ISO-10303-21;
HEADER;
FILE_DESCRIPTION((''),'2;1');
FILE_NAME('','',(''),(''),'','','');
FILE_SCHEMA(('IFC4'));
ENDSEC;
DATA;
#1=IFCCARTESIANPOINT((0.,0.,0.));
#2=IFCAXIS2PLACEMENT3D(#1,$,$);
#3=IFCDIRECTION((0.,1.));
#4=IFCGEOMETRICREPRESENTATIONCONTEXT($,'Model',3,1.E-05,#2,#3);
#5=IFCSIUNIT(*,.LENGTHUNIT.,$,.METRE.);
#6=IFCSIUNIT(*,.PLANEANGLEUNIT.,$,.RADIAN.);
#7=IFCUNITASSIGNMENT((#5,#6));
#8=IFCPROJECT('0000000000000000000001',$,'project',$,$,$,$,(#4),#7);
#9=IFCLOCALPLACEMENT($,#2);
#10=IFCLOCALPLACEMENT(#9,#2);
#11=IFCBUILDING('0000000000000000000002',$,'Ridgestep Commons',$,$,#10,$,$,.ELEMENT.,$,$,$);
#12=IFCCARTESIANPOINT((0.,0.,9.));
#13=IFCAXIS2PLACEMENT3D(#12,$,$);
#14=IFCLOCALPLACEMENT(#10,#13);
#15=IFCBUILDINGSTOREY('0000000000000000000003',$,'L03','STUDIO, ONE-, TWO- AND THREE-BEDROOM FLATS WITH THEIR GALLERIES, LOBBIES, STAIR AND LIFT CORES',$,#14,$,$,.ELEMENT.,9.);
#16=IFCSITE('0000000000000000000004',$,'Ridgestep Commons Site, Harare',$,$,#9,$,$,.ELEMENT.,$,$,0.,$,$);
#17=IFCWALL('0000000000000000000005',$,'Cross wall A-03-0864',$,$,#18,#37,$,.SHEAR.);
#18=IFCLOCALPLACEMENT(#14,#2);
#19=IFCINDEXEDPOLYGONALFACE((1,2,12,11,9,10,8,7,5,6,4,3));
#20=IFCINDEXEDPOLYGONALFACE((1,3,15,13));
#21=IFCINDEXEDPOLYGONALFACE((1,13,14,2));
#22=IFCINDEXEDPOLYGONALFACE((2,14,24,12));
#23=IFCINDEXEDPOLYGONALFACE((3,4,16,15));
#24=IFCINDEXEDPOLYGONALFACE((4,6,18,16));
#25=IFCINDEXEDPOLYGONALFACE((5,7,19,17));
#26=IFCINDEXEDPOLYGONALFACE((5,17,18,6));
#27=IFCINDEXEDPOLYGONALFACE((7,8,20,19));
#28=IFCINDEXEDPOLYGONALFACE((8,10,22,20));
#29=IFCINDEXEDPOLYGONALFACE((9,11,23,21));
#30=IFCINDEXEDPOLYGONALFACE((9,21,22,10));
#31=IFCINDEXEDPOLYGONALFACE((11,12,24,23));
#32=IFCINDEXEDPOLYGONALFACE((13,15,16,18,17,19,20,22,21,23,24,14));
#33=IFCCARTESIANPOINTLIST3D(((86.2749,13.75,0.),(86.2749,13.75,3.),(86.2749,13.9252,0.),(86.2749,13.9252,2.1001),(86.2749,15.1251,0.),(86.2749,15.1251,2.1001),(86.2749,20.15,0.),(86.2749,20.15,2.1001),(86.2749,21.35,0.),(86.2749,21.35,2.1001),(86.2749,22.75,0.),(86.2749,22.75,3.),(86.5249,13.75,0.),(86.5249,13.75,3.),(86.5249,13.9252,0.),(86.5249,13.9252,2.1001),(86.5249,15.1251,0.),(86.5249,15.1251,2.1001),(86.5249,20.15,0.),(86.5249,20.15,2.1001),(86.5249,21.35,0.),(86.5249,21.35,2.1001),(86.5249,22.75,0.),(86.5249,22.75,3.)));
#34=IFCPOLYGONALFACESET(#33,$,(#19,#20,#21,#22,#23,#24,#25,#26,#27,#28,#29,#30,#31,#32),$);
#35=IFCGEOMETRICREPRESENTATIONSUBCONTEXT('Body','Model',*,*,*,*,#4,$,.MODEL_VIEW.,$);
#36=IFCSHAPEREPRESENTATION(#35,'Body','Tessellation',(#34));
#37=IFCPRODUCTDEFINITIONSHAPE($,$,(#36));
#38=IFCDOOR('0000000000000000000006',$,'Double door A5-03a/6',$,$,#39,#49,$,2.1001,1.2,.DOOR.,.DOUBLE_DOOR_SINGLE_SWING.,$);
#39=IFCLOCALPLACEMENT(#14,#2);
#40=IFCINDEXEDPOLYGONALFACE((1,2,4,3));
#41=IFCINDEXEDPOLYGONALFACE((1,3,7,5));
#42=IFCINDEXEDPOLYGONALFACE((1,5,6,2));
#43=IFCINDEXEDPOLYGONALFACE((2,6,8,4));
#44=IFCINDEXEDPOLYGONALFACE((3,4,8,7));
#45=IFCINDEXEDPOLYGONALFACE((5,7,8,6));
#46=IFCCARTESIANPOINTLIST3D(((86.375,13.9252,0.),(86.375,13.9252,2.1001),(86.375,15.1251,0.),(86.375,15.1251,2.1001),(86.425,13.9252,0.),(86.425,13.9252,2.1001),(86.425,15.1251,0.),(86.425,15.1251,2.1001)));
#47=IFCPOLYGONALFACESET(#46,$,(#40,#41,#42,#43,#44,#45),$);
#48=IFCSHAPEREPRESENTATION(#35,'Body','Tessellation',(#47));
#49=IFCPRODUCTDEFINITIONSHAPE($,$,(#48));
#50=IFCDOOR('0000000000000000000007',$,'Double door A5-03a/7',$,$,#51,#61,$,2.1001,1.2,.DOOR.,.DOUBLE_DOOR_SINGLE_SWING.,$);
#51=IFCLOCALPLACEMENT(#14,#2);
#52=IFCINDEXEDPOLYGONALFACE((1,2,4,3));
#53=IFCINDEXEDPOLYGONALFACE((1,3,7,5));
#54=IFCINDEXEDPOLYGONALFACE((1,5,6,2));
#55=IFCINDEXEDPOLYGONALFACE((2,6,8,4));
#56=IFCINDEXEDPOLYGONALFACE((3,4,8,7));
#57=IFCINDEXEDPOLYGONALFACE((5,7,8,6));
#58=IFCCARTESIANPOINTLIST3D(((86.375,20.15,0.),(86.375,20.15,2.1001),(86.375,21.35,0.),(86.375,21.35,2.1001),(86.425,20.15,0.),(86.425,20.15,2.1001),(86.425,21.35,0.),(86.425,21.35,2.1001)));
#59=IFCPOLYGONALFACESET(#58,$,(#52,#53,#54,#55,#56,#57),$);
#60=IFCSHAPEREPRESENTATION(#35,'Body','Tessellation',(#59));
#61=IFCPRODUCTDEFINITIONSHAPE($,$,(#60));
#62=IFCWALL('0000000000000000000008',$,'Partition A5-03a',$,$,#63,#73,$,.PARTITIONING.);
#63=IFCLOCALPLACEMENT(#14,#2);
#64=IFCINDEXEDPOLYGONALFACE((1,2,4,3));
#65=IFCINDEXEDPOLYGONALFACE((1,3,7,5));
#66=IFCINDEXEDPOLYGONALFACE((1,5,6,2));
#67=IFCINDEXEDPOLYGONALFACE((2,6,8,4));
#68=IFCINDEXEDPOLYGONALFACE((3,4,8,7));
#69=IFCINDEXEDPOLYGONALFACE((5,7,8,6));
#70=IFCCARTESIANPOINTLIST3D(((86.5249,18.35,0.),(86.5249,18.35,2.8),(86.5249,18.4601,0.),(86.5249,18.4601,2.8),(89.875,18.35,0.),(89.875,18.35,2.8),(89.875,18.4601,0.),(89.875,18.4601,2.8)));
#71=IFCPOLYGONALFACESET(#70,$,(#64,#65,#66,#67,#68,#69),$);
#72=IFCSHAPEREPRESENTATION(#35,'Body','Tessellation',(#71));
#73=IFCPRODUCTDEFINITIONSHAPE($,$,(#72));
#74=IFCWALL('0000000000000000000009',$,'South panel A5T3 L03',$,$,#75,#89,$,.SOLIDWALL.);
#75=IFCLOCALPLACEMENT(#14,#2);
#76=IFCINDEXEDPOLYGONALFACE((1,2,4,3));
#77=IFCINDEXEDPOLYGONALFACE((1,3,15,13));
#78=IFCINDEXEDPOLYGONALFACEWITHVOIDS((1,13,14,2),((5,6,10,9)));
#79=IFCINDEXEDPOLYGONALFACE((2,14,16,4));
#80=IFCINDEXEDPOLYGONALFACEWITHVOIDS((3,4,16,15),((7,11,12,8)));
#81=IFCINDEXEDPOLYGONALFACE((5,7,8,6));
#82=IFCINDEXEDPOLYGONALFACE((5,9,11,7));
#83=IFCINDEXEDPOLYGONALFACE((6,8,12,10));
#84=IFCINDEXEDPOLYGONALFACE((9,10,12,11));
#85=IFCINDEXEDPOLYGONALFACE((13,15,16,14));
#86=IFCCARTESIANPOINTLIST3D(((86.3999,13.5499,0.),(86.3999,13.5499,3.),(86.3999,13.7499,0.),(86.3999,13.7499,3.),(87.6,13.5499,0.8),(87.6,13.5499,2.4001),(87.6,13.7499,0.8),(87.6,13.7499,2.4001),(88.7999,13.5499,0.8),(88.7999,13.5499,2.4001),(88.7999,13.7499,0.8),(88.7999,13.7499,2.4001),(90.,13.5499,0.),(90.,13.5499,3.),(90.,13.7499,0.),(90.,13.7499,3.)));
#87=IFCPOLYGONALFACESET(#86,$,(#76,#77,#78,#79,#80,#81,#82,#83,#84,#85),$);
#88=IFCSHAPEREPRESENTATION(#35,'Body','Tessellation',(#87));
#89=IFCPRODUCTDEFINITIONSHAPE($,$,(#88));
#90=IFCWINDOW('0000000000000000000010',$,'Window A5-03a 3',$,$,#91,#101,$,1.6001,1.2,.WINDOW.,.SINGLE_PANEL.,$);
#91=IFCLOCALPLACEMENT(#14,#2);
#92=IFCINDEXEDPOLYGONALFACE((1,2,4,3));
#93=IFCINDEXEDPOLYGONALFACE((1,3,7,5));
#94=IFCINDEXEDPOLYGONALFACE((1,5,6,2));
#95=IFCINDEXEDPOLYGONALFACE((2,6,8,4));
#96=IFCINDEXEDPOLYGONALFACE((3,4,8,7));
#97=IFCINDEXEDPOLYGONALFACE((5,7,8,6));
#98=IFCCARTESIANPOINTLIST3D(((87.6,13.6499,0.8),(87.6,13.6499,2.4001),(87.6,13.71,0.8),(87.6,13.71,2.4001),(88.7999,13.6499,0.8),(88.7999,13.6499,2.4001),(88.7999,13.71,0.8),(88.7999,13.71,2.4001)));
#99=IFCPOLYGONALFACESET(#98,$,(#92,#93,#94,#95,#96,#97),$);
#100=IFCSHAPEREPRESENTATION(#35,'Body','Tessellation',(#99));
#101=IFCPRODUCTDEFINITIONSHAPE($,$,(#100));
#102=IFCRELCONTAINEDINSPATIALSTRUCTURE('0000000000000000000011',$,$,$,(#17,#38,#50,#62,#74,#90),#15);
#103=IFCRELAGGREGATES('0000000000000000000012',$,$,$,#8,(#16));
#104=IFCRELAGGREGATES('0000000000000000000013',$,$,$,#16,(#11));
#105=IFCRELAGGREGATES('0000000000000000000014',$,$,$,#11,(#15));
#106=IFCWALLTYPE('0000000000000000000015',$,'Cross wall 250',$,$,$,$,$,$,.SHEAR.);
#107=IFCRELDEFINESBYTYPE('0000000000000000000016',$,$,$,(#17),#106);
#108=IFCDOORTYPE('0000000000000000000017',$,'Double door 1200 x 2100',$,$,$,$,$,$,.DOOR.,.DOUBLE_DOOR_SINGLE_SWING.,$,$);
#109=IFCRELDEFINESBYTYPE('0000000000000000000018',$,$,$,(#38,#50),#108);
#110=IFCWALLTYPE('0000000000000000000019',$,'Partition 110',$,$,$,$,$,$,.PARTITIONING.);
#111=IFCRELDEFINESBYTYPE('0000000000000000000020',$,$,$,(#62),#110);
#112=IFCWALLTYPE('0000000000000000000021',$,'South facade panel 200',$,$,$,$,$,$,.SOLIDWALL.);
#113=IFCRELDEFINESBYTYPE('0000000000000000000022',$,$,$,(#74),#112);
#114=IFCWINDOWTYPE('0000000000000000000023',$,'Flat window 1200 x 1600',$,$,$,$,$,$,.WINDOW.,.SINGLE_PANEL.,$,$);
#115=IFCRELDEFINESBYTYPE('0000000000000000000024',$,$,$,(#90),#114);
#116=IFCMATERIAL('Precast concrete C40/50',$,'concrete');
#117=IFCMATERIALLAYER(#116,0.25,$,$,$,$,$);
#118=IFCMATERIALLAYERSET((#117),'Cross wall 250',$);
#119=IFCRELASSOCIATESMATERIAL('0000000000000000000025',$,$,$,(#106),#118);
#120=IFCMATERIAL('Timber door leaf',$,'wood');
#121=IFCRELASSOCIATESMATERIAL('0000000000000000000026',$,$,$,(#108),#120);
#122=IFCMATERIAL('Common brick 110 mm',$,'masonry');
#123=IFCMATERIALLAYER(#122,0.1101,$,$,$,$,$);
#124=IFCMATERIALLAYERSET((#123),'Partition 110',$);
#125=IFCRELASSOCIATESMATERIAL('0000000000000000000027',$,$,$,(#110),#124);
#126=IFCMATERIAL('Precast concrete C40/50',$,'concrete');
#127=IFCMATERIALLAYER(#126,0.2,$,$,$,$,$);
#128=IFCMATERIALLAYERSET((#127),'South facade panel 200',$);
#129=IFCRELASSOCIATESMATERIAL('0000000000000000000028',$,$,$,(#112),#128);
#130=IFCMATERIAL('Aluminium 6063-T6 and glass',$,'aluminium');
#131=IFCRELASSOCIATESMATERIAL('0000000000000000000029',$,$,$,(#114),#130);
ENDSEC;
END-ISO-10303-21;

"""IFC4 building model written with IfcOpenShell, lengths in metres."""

from ifc_helpers import new_model, si_unit, direction, frame, frame_2d, origin, place, context, subcontext, project, spatial, rectangle, extrude, material, layer, layer_set, type_object, element, fill, save


model = new_model("IFC4")

# Units and contexts
model_context = context("Model", 3, precision=1e-05, world=origin(), true_north=direction((0.0, 1.0)))
body_context = subcontext(model_context, "Body", "Model", "MODEL_VIEW")
ifc_project = project(units=[si_unit("LENGTHUNIT", "METRE"), si_unit("PLANEANGLEUNIT", "RADIAN")], contexts=[model_context])

# Site, building, storey
site_placement = place(None, origin())
site = spatial("IfcSite", under=ifc_project, at=site_placement, Name="Ridgestep Commons Site, Harare", CompositionType="ELEMENT", RefElevation=0.0)
building_placement = place(site_placement, origin())
building = spatial("IfcBuilding", under=site, at=building_placement, Name="Ridgestep Commons", CompositionType="ELEMENT")
storey_placement = place(building_placement, frame((0.0, 0.0, 9.0)))
storey = spatial("IfcBuildingStorey", under=building, at=storey_placement, Name="L03", Description="STUDIO, ONE-, TWO- AND THREE-BEDROOM FLATS WITH THEIR GALLERIES, LOBBIES, STAIR AND LIFT CORES", CompositionType="ELEMENT", Elevation=9.0)

# Wall, openings, doors
ifc_material_1 = material(Name="Precast concrete C40/50", Category="concrete")
ifc_layer_1 = layer(ifc_material_1, 0.25)
ifc_layer_set_1 = layer_set([ifc_layer_1], Name="Cross wall 250")
wall_type_1 = type_object("IfcWallType", Name="Cross wall 250", PredefinedType="SHEAR", material=ifc_layer_set_1)
wall_1_placement = place(storey_placement, frame((86.3999, 13.75, 0.0), z_axis=(0.0, 0.0, 1.0), x_axis=(0.0, 1.0, 0.0)))
wall_1 = element("IfcWall", 1, at=wall_1_placement, inside=storey, type_object=wall_type_1, Name="Cross wall A-03-0864", PredefinedType="SHEAR", context=body_context, shape_type="SweptSolid", body=[
    extrude(rectangle(XDim=9.0, YDim=0.25, at=frame_2d((4.5, 0.0))), origin(), (0.0, 0.0, 1.0), 3.0),
])
opening_1_placement = place(wall_1_placement, frame((0.175, 0.0, 0.0)))
opening_1 = element("IfcOpeningElement", 2, at=opening_1_placement, cuts=wall_1, PredefinedType="OPENING", context=body_context, shape_type="SweptSolid", body=[
    extrude(rectangle(XDim=1.2, YDim=2.1001, at=frame_2d((0.6001, 1.05))), frame((0.0, 0.135, 0.0), z_axis=(0.0, -1.0, 0.0), x_axis=(1.0, 0.0, 0.0)), (0.0, 0.0, 1.0), 0.27),
])
opening_2_placement = place(wall_1_placement, frame((6.3999, 0.0, 0.0)))
opening_2 = element("IfcOpeningElement", 3, at=opening_2_placement, cuts=wall_1, PredefinedType="OPENING", context=body_context, shape_type="SweptSolid", body=[
    extrude(rectangle(XDim=1.2, YDim=2.1001, at=frame_2d((0.6001, 1.05))), frame((0.0, 0.135, 0.0), z_axis=(0.0, -1.0, 0.0), x_axis=(1.0, 0.0, 0.0)), (0.0, 0.0, 1.0), 0.27),
])
ifc_material_2 = material(Name="Timber door leaf", Category="wood")
door_type_1 = type_object("IfcDoorType", Name="Double door 1200 x 2100", OperationType="DOUBLE_DOOR_SINGLE_SWING", PredefinedType="DOOR", material=ifc_material_2)
door_1_placement = place(opening_1_placement, origin())
door_1 = element("IfcDoor", 4, at=door_1_placement, inside=storey, type_object=door_type_1, Name="Double door A5-03a/6", OperationType="DOUBLE_DOOR_SINGLE_SWING", OverallHeight=2.1001, OverallWidth=1.2, PredefinedType="DOOR", context=body_context, shape_type="SweptSolid", body=[
    extrude(rectangle(XDim=1.2, YDim=2.1001, at=frame_2d((0.6001, 1.05))), frame((0.0, 0.0249, 0.0), z_axis=(0.0, -1.0, 0.0), x_axis=(1.0, 0.0, 0.0)), (0.0, 0.0, 1.0), 0.05),
])
fill(opening_1, door_1)
door_2_placement = place(opening_2_placement, origin())
door_2 = element("IfcDoor", 5, at=door_2_placement, inside=storey, type_object=door_type_1, Name="Double door A5-03a/7", OperationType="DOUBLE_DOOR_SINGLE_SWING", OverallHeight=2.1001, OverallWidth=1.2, PredefinedType="DOOR", context=body_context, shape_type="SweptSolid", body=[
    extrude(rectangle(XDim=1.2, YDim=2.1001, at=frame_2d((0.6001, 1.05))), frame((0.0, 0.0249, 0.0), z_axis=(0.0, -1.0, 0.0), x_axis=(1.0, 0.0, 0.0)), (0.0, 0.0, 1.0), 0.05),
])
fill(opening_2, door_2)

# Wall
ifc_material_3 = material(Name="Common brick 110 mm", Category="masonry")
ifc_layer_2 = layer(ifc_material_3, 0.1101)
ifc_layer_set_2 = layer_set([ifc_layer_2], Name="Partition 110")
wall_type_2 = type_object("IfcWallType", Name="Partition 110", PredefinedType="PARTITIONING", material=ifc_layer_set_2)
wall_2_placement = place(storey_placement, frame((86.5249, 18.405, 0.0), z_axis=(0.0, 0.0, 1.0), x_axis=(1.0, 0.0, 0.0)))
element("IfcWall", 6, at=wall_2_placement, inside=storey, type_object=wall_type_2, Name="Partition A5-03a", PredefinedType="PARTITIONING", context=body_context, shape_type="SweptSolid", body=[
    extrude(rectangle(XDim=3.3501, YDim=0.1101, at=frame_2d((1.675, 0.0))), origin(), (0.0, 0.0, 1.0), 2.8),
])

# Wall, opening, window
ifc_material_4 = material(Name="Precast concrete C40/50", Category="concrete")
ifc_layer_3 = layer(ifc_material_4, 0.2)
ifc_layer_set_3 = layer_set([ifc_layer_3], Name="South facade panel 200")
wall_type_3 = type_object("IfcWallType", Name="South facade panel 200", PredefinedType="SOLIDWALL", material=ifc_layer_set_3)
wall_3_placement = place(storey_placement, frame((86.3999, 13.6499, 0.0), z_axis=(0.0, 0.0, 1.0), x_axis=(1.0, 0.0, 0.0)))
wall_3 = element("IfcWall", 7, at=wall_3_placement, inside=storey, type_object=wall_type_3, Name="South panel A5T3 L03", PredefinedType="SOLIDWALL", context=body_context, shape_type="SweptSolid", body=[
    extrude(rectangle(XDim=3.6001, YDim=0.2, at=frame_2d((1.8, 0.0))), origin(), (0.0, 0.0, 1.0), 3.0),
])
opening_3_placement = place(wall_3_placement, frame((1.2, 0.0, 0.8)))
opening_3 = element("IfcOpeningElement", 8, at=opening_3_placement, cuts=wall_3, PredefinedType="OPENING", context=body_context, shape_type="SweptSolid", body=[
    extrude(rectangle(XDim=1.2, YDim=1.6001, at=frame_2d((0.6001, 0.8))), frame((0.0, 0.1099, 0.0), z_axis=(0.0, -1.0, 0.0), x_axis=(1.0, 0.0, 0.0)), (0.0, 0.0, 1.0), 0.22),
])
ifc_material_5 = material(Name="Aluminium 6063-T6 and glass", Category="aluminium")
window_type = type_object("IfcWindowType", Name="Flat window 1200 x 1600", PartitioningType="SINGLE_PANEL", PredefinedType="WINDOW", material=ifc_material_5)
window_placement = place(opening_3_placement, origin())
window = element("IfcWindow", 9, at=window_placement, inside=storey, type_object=window_type, Name="Window A5-03a 3", OverallHeight=1.6001, OverallWidth=1.2, PartitioningType="SINGLE_PANEL", PredefinedType="WINDOW", context=body_context, shape_type="SweptSolid", body=[
    extrude(rectangle(XDim=1.2, YDim=1.6001, at=frame_2d((0.6001, 0.8))), frame((0.0, 0.0601, 0.0), z_axis=(0.0, -1.0, 0.0), x_axis=(1.0, 0.0, 0.0)), (0.0, 0.0, 1.0), 0.0601),
])
fill(opening_3, window)

save(model, "model.ifc")
